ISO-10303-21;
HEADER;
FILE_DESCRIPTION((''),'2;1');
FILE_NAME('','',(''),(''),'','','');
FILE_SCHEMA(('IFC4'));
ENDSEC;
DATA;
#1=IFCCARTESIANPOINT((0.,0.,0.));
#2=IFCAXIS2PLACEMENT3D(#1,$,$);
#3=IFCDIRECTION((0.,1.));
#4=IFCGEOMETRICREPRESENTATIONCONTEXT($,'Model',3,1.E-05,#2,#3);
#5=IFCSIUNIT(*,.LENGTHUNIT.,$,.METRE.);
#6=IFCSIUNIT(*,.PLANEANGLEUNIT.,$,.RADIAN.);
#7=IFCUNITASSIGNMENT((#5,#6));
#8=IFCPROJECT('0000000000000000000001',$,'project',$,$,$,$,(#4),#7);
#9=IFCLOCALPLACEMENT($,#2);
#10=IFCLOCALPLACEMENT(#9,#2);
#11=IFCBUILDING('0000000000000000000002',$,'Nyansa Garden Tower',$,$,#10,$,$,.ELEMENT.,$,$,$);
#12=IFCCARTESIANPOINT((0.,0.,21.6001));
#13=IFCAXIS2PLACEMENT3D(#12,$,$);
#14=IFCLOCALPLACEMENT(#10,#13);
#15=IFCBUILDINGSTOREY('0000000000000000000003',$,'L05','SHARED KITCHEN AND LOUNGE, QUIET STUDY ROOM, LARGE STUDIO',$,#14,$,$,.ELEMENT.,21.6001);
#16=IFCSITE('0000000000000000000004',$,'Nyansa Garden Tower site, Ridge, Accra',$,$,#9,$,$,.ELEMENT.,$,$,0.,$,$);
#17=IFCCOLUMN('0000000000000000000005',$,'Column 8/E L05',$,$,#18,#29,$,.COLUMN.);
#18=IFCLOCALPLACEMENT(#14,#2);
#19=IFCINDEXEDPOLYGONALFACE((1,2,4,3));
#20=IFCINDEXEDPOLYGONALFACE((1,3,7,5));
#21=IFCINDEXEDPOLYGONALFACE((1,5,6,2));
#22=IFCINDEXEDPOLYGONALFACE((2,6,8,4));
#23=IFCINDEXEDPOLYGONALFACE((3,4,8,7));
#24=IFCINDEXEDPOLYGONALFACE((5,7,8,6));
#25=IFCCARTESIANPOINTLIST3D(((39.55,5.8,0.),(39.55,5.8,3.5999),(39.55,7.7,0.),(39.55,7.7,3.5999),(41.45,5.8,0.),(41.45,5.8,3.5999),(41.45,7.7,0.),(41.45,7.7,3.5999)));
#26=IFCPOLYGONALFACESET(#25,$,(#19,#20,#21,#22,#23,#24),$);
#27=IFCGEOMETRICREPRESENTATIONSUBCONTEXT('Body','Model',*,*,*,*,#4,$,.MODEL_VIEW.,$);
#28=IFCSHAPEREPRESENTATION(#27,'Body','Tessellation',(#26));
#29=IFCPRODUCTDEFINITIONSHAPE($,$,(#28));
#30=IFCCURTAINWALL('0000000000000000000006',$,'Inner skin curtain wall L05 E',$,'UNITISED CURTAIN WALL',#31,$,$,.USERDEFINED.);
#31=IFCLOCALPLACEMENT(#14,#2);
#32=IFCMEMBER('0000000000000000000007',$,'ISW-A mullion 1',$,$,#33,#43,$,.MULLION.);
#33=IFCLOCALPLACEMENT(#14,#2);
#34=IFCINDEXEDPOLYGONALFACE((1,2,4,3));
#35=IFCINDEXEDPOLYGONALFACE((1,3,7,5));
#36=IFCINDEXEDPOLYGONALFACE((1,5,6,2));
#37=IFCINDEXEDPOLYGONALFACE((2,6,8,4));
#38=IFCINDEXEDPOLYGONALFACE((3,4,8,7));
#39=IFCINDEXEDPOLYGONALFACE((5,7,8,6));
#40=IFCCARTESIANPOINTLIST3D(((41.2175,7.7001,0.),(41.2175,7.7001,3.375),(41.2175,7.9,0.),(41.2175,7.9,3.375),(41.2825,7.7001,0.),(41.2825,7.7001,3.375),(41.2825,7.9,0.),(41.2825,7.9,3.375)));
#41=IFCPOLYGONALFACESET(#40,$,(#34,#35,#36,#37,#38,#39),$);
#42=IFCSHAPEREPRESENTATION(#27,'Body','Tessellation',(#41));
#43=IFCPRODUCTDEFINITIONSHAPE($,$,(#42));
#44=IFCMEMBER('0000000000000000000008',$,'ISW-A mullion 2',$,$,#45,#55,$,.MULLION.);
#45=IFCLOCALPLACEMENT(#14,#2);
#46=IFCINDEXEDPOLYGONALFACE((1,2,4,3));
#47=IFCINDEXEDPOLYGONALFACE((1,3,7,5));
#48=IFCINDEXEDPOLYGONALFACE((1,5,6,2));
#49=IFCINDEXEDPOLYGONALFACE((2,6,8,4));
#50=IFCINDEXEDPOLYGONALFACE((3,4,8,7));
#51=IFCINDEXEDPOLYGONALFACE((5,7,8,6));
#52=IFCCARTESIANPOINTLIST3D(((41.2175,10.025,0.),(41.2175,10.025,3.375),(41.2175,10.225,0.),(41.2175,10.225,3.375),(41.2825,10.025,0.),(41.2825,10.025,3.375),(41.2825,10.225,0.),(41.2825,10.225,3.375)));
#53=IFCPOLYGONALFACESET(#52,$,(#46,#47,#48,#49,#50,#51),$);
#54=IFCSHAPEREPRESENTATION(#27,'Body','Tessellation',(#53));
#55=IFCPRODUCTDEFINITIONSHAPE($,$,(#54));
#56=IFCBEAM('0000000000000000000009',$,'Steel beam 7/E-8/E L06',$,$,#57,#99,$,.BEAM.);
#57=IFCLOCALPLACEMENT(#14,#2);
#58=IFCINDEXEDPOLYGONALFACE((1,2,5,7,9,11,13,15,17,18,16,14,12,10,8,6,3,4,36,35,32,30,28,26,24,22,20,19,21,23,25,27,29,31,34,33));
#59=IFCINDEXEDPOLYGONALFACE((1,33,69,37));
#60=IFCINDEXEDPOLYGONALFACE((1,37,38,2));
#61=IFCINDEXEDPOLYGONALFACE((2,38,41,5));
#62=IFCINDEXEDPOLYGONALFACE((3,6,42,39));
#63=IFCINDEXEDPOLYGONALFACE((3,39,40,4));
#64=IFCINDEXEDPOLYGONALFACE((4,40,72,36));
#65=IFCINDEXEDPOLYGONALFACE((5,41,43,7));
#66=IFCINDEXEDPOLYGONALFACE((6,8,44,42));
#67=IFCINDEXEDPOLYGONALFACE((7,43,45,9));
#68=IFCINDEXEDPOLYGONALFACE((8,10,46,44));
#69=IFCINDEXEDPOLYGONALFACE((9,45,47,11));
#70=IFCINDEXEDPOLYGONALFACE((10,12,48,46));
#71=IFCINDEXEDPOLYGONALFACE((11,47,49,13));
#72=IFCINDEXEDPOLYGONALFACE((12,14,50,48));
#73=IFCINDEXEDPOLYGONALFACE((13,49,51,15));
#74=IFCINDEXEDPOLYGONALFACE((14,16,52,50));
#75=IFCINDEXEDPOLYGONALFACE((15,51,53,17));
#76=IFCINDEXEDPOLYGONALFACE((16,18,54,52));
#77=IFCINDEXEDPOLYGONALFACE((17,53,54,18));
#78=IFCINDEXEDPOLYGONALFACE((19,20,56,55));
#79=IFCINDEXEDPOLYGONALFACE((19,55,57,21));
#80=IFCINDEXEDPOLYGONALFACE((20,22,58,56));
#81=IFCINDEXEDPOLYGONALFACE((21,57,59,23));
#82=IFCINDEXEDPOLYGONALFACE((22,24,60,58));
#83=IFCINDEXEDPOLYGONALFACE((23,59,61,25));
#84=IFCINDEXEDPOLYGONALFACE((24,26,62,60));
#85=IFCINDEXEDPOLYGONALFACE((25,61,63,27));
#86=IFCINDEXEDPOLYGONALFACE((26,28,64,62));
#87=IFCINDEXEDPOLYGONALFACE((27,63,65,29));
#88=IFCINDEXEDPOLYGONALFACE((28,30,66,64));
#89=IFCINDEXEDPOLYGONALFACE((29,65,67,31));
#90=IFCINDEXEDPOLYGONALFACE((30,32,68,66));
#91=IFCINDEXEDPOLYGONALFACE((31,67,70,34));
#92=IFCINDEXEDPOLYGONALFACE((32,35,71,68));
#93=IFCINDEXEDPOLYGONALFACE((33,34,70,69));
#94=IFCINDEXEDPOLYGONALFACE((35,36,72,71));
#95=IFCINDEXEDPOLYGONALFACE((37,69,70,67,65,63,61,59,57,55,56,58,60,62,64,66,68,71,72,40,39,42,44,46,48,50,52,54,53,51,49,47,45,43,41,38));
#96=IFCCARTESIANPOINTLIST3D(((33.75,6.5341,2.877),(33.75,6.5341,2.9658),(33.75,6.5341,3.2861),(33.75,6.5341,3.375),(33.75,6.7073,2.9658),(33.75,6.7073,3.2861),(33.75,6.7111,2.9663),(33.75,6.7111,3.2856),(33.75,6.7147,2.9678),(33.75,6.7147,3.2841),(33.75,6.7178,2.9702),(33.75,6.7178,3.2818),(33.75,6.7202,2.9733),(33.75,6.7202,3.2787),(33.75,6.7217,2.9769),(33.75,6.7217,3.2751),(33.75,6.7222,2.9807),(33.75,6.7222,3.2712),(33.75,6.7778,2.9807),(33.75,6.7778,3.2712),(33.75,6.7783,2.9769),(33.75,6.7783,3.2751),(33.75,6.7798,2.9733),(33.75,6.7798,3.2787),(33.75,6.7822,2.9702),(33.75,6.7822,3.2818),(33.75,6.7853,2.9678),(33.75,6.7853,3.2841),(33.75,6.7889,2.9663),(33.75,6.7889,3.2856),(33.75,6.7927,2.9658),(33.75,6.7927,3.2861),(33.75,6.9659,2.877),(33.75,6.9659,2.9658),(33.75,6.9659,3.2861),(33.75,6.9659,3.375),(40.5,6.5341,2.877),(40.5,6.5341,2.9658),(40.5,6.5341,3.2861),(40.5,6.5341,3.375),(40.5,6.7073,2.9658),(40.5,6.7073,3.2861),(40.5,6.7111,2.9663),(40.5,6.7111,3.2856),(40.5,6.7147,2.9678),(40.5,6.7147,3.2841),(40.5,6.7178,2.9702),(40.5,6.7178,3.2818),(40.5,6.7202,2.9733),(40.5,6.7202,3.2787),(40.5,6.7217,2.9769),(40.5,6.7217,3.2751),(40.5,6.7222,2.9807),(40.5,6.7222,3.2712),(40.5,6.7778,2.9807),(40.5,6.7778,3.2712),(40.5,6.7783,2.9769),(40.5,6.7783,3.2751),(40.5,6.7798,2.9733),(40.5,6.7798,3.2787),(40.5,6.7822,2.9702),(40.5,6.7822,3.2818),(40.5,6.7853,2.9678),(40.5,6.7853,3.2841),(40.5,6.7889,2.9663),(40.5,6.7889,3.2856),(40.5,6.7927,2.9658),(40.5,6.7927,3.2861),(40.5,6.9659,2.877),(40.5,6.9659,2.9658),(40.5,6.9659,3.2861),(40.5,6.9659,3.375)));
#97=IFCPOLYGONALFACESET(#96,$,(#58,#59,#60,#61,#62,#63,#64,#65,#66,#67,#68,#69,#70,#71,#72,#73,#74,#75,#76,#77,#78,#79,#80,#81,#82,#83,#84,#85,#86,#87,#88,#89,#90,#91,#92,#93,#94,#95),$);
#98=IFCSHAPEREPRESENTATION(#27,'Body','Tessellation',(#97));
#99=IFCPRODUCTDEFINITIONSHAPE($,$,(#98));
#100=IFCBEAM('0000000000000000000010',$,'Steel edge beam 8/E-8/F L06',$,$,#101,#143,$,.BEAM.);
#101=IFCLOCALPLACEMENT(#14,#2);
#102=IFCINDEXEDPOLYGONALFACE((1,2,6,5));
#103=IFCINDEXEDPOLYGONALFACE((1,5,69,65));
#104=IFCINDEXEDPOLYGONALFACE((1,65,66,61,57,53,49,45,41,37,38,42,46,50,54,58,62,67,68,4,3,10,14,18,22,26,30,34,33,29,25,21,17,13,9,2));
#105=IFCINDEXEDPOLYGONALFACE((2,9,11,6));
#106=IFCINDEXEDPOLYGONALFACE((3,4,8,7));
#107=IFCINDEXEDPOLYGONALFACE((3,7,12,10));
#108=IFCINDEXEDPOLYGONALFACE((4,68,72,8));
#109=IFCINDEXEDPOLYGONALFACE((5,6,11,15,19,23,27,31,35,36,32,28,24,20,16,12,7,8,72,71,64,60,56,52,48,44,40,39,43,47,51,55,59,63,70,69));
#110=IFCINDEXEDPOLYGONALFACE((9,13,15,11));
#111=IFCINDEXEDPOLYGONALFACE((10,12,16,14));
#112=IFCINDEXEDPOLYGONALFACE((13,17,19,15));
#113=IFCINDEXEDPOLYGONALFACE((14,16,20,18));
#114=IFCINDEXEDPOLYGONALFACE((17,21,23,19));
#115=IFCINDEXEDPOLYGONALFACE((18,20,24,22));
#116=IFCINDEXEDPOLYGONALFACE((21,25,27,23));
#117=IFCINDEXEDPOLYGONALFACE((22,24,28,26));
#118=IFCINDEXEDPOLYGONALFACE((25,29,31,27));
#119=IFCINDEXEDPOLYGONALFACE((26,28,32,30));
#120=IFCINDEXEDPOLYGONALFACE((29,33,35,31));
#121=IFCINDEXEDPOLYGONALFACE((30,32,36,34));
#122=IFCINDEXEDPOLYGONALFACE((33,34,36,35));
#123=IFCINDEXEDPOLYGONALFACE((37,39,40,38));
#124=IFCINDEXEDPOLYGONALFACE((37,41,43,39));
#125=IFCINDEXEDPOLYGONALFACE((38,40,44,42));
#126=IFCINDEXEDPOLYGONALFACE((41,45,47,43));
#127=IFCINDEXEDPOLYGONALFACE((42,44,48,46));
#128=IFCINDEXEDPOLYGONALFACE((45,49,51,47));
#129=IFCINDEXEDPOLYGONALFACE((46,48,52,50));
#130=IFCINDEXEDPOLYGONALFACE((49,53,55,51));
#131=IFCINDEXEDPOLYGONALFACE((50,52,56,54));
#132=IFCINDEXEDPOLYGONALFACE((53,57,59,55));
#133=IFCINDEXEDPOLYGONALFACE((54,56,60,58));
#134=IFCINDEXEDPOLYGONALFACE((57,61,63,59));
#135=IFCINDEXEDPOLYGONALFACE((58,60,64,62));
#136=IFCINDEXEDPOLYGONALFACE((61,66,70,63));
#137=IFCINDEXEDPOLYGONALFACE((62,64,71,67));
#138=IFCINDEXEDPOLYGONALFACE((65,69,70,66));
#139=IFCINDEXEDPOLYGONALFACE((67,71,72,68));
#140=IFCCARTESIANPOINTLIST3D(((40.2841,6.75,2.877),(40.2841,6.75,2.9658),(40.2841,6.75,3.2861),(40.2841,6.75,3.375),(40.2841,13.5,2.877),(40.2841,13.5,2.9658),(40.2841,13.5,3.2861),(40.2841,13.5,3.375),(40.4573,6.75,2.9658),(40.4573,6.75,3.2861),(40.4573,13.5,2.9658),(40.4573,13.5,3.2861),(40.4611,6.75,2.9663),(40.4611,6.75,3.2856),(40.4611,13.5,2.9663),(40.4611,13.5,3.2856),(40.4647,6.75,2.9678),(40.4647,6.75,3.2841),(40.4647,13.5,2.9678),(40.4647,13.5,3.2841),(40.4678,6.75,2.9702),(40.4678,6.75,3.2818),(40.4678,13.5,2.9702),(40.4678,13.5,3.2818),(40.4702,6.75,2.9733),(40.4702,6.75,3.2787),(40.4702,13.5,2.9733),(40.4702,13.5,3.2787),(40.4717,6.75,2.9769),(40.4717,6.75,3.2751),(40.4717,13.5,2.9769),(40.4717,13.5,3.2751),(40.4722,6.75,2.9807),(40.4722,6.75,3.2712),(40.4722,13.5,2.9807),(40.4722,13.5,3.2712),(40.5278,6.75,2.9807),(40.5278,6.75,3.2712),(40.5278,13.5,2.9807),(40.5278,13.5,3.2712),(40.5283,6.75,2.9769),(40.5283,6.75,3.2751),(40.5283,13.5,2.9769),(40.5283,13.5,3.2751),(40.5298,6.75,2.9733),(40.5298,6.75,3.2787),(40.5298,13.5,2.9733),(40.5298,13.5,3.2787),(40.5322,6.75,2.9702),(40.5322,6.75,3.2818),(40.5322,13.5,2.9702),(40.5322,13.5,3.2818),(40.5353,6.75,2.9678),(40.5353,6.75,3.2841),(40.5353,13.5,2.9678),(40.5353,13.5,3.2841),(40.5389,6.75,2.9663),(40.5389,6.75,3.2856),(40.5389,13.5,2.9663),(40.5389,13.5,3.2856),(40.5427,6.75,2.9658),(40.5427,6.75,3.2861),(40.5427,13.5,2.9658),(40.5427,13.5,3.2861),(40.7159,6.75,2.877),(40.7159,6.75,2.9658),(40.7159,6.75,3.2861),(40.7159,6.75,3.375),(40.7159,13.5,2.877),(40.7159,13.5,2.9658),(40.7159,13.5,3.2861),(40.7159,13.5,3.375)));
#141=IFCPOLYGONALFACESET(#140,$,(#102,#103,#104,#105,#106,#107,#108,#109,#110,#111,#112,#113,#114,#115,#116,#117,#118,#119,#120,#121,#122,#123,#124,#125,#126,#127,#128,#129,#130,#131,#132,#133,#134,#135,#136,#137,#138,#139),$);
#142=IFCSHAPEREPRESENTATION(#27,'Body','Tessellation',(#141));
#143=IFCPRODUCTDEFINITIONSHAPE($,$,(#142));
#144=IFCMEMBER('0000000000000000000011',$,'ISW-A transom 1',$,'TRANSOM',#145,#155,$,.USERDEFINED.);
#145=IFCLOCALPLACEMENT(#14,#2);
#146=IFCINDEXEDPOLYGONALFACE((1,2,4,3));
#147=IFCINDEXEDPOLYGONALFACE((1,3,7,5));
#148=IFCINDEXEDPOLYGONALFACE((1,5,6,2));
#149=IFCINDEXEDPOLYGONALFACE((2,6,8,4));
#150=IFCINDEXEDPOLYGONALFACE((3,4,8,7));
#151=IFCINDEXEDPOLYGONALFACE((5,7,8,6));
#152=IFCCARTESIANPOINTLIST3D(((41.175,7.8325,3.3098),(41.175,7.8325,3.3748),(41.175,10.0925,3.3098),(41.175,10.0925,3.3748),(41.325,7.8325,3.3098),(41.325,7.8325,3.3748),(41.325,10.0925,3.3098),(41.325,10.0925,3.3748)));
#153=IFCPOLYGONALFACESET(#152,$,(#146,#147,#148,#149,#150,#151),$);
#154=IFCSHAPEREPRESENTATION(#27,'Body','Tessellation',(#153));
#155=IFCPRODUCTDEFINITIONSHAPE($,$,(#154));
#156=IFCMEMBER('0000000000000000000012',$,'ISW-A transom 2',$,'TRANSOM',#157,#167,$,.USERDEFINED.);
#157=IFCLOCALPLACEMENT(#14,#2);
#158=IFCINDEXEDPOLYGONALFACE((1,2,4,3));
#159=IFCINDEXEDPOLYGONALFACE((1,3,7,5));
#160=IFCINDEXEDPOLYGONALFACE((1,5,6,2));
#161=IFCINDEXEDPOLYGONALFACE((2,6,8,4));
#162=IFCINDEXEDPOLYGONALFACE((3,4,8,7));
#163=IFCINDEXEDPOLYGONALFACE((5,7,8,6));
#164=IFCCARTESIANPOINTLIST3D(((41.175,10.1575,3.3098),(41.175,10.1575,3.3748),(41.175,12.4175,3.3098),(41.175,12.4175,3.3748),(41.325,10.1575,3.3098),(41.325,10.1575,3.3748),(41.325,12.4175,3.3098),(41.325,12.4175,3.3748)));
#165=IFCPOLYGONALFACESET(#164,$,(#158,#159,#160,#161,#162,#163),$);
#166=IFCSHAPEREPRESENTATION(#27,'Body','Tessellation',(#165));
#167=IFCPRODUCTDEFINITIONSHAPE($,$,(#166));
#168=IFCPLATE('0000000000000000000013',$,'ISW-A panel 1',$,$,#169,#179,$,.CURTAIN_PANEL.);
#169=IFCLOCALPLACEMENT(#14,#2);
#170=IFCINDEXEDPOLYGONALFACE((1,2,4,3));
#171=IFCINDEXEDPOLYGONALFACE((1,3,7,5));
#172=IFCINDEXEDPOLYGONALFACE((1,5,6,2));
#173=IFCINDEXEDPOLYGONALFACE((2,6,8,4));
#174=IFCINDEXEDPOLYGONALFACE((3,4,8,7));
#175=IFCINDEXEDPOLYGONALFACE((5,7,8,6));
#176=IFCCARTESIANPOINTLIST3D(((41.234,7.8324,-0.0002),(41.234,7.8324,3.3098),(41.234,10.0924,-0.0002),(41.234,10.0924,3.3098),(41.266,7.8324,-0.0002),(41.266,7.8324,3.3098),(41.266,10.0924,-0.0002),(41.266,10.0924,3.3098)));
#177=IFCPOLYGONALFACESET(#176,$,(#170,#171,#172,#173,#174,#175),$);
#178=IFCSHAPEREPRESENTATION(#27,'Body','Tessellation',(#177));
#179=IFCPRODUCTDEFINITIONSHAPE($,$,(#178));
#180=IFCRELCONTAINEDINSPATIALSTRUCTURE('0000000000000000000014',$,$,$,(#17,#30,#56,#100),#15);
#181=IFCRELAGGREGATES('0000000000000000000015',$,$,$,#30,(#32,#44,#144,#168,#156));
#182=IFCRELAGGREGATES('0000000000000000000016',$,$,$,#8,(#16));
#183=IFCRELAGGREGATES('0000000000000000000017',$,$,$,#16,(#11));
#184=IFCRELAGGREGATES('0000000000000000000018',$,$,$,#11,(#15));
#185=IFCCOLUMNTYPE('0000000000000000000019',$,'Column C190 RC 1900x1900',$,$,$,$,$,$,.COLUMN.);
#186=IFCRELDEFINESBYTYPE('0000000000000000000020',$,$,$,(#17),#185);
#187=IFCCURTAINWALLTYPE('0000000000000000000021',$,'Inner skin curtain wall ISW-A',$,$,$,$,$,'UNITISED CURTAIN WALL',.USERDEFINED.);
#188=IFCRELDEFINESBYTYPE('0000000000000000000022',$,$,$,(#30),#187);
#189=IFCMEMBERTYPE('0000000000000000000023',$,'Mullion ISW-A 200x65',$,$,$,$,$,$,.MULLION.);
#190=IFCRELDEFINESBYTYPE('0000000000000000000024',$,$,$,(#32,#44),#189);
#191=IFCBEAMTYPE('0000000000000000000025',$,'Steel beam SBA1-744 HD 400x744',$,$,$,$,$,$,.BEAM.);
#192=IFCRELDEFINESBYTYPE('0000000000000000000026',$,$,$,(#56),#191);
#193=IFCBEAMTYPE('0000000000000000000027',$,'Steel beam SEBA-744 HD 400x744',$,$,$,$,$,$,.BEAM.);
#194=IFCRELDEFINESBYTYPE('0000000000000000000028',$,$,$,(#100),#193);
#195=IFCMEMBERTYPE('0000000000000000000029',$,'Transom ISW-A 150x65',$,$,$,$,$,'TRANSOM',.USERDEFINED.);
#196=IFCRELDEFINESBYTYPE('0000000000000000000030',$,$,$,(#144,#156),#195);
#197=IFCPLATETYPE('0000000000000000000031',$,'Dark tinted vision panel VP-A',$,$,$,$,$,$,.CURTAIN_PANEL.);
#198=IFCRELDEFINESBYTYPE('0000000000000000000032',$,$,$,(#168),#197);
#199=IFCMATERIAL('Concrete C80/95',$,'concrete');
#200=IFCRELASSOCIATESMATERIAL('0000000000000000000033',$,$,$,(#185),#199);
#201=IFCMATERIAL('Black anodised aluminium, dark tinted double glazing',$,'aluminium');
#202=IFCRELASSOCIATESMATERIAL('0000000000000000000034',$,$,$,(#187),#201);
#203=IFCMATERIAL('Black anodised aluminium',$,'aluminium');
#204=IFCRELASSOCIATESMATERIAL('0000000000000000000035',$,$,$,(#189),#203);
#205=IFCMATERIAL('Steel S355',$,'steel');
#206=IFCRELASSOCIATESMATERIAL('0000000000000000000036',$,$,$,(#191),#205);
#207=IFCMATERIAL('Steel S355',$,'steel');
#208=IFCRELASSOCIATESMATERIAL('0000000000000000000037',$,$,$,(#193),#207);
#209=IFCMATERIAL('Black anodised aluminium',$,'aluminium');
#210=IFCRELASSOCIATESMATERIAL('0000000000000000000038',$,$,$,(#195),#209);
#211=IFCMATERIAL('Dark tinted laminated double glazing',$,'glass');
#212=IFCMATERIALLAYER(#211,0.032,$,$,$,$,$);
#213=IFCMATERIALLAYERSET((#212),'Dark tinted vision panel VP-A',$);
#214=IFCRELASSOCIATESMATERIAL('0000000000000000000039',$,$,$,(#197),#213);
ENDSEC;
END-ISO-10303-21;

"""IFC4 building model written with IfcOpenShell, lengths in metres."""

from ifc_helpers import new_model, si_unit, direction, frame, origin, origin_2d, place, context, subcontext, project, spatial, rectangle, i_section, extrude, material, layer, layer_set, material_profile, profile_set, type_object, element, aggregate, save


model = new_model("IFC4")

# Units and contexts
model_context = context("Model", 3, precision=1e-05, world=origin(), true_north=direction((0.0, 1.0)))
body_context = subcontext(model_context, "Body", "Model", "MODEL_VIEW")
ifc_project = project(units=[si_unit("LENGTHUNIT", "METRE"), si_unit("PLANEANGLEUNIT", "RADIAN")], contexts=[model_context])

# Site, building, storey
site_placement = place(None, origin())
site = spatial("IfcSite", under=ifc_project, at=site_placement, Name="Nyansa Garden Tower site, Ridge, Accra", CompositionType="ELEMENT", RefElevation=0.0)
building_placement = place(site_placement, origin())
building = spatial("IfcBuilding", under=site, at=building_placement, Name="Nyansa Garden Tower", CompositionType="ELEMENT")
storey_placement = place(building_placement, frame((0.0, 0.0, 21.6001)))
storey = spatial("IfcBuildingStorey", under=building, at=storey_placement, Name="L05", Description="SHARED KITCHEN AND LOUNGE, QUIET STUDY ROOM, LARGE STUDIO", CompositionType="ELEMENT", Elevation=21.6001)

# Column
ifc_material_1 = material(Name="Concrete C80/95", Category="concrete")
ifc_material_profile_1 = material_profile(ifc_material_1, rectangle(XDim=1.8999, YDim=1.8999, at=origin_2d()), Name="RC 1900x1900")
ifc_profile_set_1 = profile_set([ifc_material_profile_1], Name="Concrete C80/95")
column_type = type_object("IfcColumnType", Name="Column C190 RC 1900x1900", PredefinedType="COLUMN", material=ifc_profile_set_1)
column_placement = place(storey_placement, frame((40.5, 6.75, 0.0), z_axis=(0.0, 0.0, 1.0), x_axis=(1.0, 0.0, 0.0)))
element("IfcColumn", 1, at=column_placement, inside=storey, type_object=column_type, Name="Column 8/E L05", PredefinedType="COLUMN", context=body_context, shape_type="SweptSolid", body=[
    extrude(rectangle(XDim=1.8999, YDim=1.8999, at=origin_2d()), origin(), (0.0, 0.0, 1.0), 3.5999),
])

# Curtain wall, members
ifc_material_2 = material(Name="Black anodised aluminium, dark tinted double glazing", Category="aluminium")
curtain_wall_type = type_object("IfcCurtainWallType", Name="Inner skin curtain wall ISW-A", ElementType="UNITISED CURTAIN WALL", PredefinedType="USERDEFINED", material=ifc_material_2)
curtain_wall_placement = place(storey_placement, origin())
curtain_wall = element("IfcCurtainWall", 2, at=curtain_wall_placement, inside=storey, type_object=curtain_wall_type, Name="Inner skin curtain wall L05 E", ObjectType="UNITISED CURTAIN WALL", PredefinedType="USERDEFINED")
ifc_material_3 = material(Name="Black anodised aluminium", Category="aluminium")
ifc_material_profile_2 = material_profile(ifc_material_3, rectangle(XDim=0.0649, YDim=0.2, at=origin_2d()), Name="Mullion 200x65")
ifc_profile_set_2 = profile_set([ifc_material_profile_2], Name="Black anodised aluminium")
member_type_1 = type_object("IfcMemberType", Name="Mullion ISW-A 200x65", PredefinedType="MULLION", material=ifc_profile_set_2)
member_1_placement = place(storey_placement, frame((41.25, 7.8, 0.0), z_axis=(0.0, 0.0, 1.0), x_axis=(-1.0, 0.0, 0.0)))
member_1 = element("IfcMember", 3, at=member_1_placement, type_object=member_type_1, Name="ISW-A mullion 1", PredefinedType="MULLION", context=body_context, shape_type="SweptSolid", body=[
    extrude(rectangle(XDim=0.0649, YDim=0.2, at=origin_2d()), origin(), (0.0, 0.0, 1.0), 3.375),
])
member_2_placement = place(storey_placement, frame((41.25, 10.125, 0.0), z_axis=(0.0, 0.0, 1.0), x_axis=(-1.0, 0.0, 0.0)))
member_2 = element("IfcMember", 4, at=member_2_placement, type_object=member_type_1, Name="ISW-A mullion 2", PredefinedType="MULLION", context=body_context, shape_type="SweptSolid", body=[
    extrude(rectangle(XDim=0.0649, YDim=0.2, at=origin_2d()), origin(), (0.0, 0.0, 1.0), 3.375),
])

# Beams
ifc_material_4 = material(Name="Steel S355", Category="steel")
ifc_material_profile_3 = material_profile(ifc_material_4, i_section(OverallWidth=0.4319, OverallDepth=0.498, WebThickness=0.0557, FlangeThickness=0.0889, FilletRadius=0.0149, at=origin_2d()), Name="HD 400x744")
ifc_profile_set_3 = profile_set([ifc_material_profile_3], Name="Steel S355")
beam_type_1 = type_object("IfcBeamType", Name="Steel beam SBA1-744 HD 400x744", PredefinedType="BEAM", material=ifc_profile_set_3)
beam_1_placement = place(storey_placement, frame((33.75, 6.75, 3.126), z_axis=(1.0, 0.0, 0.0), x_axis=(0.0, 1.0, 0.0)))
element("IfcBeam", 5, at=beam_1_placement, inside=storey, type_object=beam_type_1, Name="Steel beam 7/E-8/E L06", PredefinedType="BEAM", context=body_context, shape_type="SweptSolid", body=[
    extrude(i_section(OverallWidth=0.4319, OverallDepth=0.498, WebThickness=0.0557, FlangeThickness=0.0889, FilletRadius=0.0149, at=origin_2d()), origin(), (0.0, 0.0, 1.0), 6.75),
])
ifc_material_5 = material(Name="Steel S355", Category="steel")
ifc_material_profile_4 = material_profile(ifc_material_5, i_section(OverallWidth=0.4319, OverallDepth=0.498, WebThickness=0.0557, FlangeThickness=0.0889, FilletRadius=0.0149, at=origin_2d()), Name="HD 400x744")
ifc_profile_set_4 = profile_set([ifc_material_profile_4], Name="Steel S355")
beam_type_2 = type_object("IfcBeamType", Name="Steel beam SEBA-744 HD 400x744", PredefinedType="BEAM", material=ifc_profile_set_4)
beam_2_placement = place(storey_placement, frame((40.5, 6.75, 3.126), z_axis=(0.0, 1.0, 0.0), x_axis=(-1.0, 0.0, 0.0)))
element("IfcBeam", 6, at=beam_2_placement, inside=storey, type_object=beam_type_2, Name="Steel edge beam 8/E-8/F L06", PredefinedType="BEAM", context=body_context, shape_type="SweptSolid", body=[
    extrude(i_section(OverallWidth=0.4319, OverallDepth=0.498, WebThickness=0.0557, FlangeThickness=0.0889, FilletRadius=0.0149, at=origin_2d()), origin(), (0.0, 0.0, 1.0), 6.75),
])

# Members
ifc_material_6 = material(Name="Black anodised aluminium", Category="aluminium")
ifc_material_profile_5 = material_profile(ifc_material_6, rectangle(XDim=0.1499, YDim=0.0649, at=origin_2d()), Name="Transom 150x65")
ifc_profile_set_5 = profile_set([ifc_material_profile_5], Name="Black anodised aluminium")
member_type_2 = type_object("IfcMemberType", Name="Transom ISW-A 150x65", ElementType="TRANSOM", PredefinedType="USERDEFINED", material=ifc_profile_set_5)
member_3_placement = place(storey_placement, frame((41.25, 7.8325, 3.3423), z_axis=(0.0, 1.0, 0.0), x_axis=(-1.0, 0.0, 0.0)))
member_3 = element("IfcMember", 7, at=member_3_placement, type_object=member_type_2, Name="ISW-A transom 1", ObjectType="TRANSOM", PredefinedType="USERDEFINED", context=body_context, shape_type="SweptSolid", body=[
    extrude(rectangle(XDim=0.1499, YDim=0.0649, at=origin_2d()), origin(), (0.0, 0.0, 1.0), 2.26),
])
member_4_placement = place(storey_placement, frame((41.25, 10.1575, 3.3423), z_axis=(0.0, 1.0, 0.0), x_axis=(-1.0, 0.0, 0.0)))
member_4 = element("IfcMember", 8, at=member_4_placement, type_object=member_type_2, Name="ISW-A transom 2", ObjectType="TRANSOM", PredefinedType="USERDEFINED", context=body_context, shape_type="SweptSolid", body=[
    extrude(rectangle(XDim=0.1499, YDim=0.0649, at=origin_2d()), origin(), (0.0, 0.0, 1.0), 2.26),
])

# Plate
ifc_material_7 = material(Name="Dark tinted laminated double glazing", Category="glass")
ifc_layer_1 = layer(ifc_material_7, 0.032)
ifc_layer_set_1 = layer_set([ifc_layer_1], Name="Dark tinted vision panel VP-A")
plate_type = type_object("IfcPlateType", Name="Dark tinted vision panel VP-A", PredefinedType="CURTAIN_PANEL", material=ifc_layer_set_1)
plate_placement = place(storey_placement, frame((41.25, 8.9624, -0.0002), z_axis=(0.0, 0.0, 1.0), x_axis=(0.0, 1.0, 0.0)))
plate = element("IfcPlate", 9, at=plate_placement, type_object=plate_type, Name="ISW-A panel 1", PredefinedType="CURTAIN_PANEL", context=body_context, shape_type="SweptSolid", body=[
    extrude(rectangle(XDim=2.26, YDim=0.032, at=origin_2d()), origin(), (0.0, 0.0, 1.0), 3.3101),
])
aggregate(curtain_wall, [member_1, member_2, member_3, plate, member_4])

save(model, "model.ifc")
